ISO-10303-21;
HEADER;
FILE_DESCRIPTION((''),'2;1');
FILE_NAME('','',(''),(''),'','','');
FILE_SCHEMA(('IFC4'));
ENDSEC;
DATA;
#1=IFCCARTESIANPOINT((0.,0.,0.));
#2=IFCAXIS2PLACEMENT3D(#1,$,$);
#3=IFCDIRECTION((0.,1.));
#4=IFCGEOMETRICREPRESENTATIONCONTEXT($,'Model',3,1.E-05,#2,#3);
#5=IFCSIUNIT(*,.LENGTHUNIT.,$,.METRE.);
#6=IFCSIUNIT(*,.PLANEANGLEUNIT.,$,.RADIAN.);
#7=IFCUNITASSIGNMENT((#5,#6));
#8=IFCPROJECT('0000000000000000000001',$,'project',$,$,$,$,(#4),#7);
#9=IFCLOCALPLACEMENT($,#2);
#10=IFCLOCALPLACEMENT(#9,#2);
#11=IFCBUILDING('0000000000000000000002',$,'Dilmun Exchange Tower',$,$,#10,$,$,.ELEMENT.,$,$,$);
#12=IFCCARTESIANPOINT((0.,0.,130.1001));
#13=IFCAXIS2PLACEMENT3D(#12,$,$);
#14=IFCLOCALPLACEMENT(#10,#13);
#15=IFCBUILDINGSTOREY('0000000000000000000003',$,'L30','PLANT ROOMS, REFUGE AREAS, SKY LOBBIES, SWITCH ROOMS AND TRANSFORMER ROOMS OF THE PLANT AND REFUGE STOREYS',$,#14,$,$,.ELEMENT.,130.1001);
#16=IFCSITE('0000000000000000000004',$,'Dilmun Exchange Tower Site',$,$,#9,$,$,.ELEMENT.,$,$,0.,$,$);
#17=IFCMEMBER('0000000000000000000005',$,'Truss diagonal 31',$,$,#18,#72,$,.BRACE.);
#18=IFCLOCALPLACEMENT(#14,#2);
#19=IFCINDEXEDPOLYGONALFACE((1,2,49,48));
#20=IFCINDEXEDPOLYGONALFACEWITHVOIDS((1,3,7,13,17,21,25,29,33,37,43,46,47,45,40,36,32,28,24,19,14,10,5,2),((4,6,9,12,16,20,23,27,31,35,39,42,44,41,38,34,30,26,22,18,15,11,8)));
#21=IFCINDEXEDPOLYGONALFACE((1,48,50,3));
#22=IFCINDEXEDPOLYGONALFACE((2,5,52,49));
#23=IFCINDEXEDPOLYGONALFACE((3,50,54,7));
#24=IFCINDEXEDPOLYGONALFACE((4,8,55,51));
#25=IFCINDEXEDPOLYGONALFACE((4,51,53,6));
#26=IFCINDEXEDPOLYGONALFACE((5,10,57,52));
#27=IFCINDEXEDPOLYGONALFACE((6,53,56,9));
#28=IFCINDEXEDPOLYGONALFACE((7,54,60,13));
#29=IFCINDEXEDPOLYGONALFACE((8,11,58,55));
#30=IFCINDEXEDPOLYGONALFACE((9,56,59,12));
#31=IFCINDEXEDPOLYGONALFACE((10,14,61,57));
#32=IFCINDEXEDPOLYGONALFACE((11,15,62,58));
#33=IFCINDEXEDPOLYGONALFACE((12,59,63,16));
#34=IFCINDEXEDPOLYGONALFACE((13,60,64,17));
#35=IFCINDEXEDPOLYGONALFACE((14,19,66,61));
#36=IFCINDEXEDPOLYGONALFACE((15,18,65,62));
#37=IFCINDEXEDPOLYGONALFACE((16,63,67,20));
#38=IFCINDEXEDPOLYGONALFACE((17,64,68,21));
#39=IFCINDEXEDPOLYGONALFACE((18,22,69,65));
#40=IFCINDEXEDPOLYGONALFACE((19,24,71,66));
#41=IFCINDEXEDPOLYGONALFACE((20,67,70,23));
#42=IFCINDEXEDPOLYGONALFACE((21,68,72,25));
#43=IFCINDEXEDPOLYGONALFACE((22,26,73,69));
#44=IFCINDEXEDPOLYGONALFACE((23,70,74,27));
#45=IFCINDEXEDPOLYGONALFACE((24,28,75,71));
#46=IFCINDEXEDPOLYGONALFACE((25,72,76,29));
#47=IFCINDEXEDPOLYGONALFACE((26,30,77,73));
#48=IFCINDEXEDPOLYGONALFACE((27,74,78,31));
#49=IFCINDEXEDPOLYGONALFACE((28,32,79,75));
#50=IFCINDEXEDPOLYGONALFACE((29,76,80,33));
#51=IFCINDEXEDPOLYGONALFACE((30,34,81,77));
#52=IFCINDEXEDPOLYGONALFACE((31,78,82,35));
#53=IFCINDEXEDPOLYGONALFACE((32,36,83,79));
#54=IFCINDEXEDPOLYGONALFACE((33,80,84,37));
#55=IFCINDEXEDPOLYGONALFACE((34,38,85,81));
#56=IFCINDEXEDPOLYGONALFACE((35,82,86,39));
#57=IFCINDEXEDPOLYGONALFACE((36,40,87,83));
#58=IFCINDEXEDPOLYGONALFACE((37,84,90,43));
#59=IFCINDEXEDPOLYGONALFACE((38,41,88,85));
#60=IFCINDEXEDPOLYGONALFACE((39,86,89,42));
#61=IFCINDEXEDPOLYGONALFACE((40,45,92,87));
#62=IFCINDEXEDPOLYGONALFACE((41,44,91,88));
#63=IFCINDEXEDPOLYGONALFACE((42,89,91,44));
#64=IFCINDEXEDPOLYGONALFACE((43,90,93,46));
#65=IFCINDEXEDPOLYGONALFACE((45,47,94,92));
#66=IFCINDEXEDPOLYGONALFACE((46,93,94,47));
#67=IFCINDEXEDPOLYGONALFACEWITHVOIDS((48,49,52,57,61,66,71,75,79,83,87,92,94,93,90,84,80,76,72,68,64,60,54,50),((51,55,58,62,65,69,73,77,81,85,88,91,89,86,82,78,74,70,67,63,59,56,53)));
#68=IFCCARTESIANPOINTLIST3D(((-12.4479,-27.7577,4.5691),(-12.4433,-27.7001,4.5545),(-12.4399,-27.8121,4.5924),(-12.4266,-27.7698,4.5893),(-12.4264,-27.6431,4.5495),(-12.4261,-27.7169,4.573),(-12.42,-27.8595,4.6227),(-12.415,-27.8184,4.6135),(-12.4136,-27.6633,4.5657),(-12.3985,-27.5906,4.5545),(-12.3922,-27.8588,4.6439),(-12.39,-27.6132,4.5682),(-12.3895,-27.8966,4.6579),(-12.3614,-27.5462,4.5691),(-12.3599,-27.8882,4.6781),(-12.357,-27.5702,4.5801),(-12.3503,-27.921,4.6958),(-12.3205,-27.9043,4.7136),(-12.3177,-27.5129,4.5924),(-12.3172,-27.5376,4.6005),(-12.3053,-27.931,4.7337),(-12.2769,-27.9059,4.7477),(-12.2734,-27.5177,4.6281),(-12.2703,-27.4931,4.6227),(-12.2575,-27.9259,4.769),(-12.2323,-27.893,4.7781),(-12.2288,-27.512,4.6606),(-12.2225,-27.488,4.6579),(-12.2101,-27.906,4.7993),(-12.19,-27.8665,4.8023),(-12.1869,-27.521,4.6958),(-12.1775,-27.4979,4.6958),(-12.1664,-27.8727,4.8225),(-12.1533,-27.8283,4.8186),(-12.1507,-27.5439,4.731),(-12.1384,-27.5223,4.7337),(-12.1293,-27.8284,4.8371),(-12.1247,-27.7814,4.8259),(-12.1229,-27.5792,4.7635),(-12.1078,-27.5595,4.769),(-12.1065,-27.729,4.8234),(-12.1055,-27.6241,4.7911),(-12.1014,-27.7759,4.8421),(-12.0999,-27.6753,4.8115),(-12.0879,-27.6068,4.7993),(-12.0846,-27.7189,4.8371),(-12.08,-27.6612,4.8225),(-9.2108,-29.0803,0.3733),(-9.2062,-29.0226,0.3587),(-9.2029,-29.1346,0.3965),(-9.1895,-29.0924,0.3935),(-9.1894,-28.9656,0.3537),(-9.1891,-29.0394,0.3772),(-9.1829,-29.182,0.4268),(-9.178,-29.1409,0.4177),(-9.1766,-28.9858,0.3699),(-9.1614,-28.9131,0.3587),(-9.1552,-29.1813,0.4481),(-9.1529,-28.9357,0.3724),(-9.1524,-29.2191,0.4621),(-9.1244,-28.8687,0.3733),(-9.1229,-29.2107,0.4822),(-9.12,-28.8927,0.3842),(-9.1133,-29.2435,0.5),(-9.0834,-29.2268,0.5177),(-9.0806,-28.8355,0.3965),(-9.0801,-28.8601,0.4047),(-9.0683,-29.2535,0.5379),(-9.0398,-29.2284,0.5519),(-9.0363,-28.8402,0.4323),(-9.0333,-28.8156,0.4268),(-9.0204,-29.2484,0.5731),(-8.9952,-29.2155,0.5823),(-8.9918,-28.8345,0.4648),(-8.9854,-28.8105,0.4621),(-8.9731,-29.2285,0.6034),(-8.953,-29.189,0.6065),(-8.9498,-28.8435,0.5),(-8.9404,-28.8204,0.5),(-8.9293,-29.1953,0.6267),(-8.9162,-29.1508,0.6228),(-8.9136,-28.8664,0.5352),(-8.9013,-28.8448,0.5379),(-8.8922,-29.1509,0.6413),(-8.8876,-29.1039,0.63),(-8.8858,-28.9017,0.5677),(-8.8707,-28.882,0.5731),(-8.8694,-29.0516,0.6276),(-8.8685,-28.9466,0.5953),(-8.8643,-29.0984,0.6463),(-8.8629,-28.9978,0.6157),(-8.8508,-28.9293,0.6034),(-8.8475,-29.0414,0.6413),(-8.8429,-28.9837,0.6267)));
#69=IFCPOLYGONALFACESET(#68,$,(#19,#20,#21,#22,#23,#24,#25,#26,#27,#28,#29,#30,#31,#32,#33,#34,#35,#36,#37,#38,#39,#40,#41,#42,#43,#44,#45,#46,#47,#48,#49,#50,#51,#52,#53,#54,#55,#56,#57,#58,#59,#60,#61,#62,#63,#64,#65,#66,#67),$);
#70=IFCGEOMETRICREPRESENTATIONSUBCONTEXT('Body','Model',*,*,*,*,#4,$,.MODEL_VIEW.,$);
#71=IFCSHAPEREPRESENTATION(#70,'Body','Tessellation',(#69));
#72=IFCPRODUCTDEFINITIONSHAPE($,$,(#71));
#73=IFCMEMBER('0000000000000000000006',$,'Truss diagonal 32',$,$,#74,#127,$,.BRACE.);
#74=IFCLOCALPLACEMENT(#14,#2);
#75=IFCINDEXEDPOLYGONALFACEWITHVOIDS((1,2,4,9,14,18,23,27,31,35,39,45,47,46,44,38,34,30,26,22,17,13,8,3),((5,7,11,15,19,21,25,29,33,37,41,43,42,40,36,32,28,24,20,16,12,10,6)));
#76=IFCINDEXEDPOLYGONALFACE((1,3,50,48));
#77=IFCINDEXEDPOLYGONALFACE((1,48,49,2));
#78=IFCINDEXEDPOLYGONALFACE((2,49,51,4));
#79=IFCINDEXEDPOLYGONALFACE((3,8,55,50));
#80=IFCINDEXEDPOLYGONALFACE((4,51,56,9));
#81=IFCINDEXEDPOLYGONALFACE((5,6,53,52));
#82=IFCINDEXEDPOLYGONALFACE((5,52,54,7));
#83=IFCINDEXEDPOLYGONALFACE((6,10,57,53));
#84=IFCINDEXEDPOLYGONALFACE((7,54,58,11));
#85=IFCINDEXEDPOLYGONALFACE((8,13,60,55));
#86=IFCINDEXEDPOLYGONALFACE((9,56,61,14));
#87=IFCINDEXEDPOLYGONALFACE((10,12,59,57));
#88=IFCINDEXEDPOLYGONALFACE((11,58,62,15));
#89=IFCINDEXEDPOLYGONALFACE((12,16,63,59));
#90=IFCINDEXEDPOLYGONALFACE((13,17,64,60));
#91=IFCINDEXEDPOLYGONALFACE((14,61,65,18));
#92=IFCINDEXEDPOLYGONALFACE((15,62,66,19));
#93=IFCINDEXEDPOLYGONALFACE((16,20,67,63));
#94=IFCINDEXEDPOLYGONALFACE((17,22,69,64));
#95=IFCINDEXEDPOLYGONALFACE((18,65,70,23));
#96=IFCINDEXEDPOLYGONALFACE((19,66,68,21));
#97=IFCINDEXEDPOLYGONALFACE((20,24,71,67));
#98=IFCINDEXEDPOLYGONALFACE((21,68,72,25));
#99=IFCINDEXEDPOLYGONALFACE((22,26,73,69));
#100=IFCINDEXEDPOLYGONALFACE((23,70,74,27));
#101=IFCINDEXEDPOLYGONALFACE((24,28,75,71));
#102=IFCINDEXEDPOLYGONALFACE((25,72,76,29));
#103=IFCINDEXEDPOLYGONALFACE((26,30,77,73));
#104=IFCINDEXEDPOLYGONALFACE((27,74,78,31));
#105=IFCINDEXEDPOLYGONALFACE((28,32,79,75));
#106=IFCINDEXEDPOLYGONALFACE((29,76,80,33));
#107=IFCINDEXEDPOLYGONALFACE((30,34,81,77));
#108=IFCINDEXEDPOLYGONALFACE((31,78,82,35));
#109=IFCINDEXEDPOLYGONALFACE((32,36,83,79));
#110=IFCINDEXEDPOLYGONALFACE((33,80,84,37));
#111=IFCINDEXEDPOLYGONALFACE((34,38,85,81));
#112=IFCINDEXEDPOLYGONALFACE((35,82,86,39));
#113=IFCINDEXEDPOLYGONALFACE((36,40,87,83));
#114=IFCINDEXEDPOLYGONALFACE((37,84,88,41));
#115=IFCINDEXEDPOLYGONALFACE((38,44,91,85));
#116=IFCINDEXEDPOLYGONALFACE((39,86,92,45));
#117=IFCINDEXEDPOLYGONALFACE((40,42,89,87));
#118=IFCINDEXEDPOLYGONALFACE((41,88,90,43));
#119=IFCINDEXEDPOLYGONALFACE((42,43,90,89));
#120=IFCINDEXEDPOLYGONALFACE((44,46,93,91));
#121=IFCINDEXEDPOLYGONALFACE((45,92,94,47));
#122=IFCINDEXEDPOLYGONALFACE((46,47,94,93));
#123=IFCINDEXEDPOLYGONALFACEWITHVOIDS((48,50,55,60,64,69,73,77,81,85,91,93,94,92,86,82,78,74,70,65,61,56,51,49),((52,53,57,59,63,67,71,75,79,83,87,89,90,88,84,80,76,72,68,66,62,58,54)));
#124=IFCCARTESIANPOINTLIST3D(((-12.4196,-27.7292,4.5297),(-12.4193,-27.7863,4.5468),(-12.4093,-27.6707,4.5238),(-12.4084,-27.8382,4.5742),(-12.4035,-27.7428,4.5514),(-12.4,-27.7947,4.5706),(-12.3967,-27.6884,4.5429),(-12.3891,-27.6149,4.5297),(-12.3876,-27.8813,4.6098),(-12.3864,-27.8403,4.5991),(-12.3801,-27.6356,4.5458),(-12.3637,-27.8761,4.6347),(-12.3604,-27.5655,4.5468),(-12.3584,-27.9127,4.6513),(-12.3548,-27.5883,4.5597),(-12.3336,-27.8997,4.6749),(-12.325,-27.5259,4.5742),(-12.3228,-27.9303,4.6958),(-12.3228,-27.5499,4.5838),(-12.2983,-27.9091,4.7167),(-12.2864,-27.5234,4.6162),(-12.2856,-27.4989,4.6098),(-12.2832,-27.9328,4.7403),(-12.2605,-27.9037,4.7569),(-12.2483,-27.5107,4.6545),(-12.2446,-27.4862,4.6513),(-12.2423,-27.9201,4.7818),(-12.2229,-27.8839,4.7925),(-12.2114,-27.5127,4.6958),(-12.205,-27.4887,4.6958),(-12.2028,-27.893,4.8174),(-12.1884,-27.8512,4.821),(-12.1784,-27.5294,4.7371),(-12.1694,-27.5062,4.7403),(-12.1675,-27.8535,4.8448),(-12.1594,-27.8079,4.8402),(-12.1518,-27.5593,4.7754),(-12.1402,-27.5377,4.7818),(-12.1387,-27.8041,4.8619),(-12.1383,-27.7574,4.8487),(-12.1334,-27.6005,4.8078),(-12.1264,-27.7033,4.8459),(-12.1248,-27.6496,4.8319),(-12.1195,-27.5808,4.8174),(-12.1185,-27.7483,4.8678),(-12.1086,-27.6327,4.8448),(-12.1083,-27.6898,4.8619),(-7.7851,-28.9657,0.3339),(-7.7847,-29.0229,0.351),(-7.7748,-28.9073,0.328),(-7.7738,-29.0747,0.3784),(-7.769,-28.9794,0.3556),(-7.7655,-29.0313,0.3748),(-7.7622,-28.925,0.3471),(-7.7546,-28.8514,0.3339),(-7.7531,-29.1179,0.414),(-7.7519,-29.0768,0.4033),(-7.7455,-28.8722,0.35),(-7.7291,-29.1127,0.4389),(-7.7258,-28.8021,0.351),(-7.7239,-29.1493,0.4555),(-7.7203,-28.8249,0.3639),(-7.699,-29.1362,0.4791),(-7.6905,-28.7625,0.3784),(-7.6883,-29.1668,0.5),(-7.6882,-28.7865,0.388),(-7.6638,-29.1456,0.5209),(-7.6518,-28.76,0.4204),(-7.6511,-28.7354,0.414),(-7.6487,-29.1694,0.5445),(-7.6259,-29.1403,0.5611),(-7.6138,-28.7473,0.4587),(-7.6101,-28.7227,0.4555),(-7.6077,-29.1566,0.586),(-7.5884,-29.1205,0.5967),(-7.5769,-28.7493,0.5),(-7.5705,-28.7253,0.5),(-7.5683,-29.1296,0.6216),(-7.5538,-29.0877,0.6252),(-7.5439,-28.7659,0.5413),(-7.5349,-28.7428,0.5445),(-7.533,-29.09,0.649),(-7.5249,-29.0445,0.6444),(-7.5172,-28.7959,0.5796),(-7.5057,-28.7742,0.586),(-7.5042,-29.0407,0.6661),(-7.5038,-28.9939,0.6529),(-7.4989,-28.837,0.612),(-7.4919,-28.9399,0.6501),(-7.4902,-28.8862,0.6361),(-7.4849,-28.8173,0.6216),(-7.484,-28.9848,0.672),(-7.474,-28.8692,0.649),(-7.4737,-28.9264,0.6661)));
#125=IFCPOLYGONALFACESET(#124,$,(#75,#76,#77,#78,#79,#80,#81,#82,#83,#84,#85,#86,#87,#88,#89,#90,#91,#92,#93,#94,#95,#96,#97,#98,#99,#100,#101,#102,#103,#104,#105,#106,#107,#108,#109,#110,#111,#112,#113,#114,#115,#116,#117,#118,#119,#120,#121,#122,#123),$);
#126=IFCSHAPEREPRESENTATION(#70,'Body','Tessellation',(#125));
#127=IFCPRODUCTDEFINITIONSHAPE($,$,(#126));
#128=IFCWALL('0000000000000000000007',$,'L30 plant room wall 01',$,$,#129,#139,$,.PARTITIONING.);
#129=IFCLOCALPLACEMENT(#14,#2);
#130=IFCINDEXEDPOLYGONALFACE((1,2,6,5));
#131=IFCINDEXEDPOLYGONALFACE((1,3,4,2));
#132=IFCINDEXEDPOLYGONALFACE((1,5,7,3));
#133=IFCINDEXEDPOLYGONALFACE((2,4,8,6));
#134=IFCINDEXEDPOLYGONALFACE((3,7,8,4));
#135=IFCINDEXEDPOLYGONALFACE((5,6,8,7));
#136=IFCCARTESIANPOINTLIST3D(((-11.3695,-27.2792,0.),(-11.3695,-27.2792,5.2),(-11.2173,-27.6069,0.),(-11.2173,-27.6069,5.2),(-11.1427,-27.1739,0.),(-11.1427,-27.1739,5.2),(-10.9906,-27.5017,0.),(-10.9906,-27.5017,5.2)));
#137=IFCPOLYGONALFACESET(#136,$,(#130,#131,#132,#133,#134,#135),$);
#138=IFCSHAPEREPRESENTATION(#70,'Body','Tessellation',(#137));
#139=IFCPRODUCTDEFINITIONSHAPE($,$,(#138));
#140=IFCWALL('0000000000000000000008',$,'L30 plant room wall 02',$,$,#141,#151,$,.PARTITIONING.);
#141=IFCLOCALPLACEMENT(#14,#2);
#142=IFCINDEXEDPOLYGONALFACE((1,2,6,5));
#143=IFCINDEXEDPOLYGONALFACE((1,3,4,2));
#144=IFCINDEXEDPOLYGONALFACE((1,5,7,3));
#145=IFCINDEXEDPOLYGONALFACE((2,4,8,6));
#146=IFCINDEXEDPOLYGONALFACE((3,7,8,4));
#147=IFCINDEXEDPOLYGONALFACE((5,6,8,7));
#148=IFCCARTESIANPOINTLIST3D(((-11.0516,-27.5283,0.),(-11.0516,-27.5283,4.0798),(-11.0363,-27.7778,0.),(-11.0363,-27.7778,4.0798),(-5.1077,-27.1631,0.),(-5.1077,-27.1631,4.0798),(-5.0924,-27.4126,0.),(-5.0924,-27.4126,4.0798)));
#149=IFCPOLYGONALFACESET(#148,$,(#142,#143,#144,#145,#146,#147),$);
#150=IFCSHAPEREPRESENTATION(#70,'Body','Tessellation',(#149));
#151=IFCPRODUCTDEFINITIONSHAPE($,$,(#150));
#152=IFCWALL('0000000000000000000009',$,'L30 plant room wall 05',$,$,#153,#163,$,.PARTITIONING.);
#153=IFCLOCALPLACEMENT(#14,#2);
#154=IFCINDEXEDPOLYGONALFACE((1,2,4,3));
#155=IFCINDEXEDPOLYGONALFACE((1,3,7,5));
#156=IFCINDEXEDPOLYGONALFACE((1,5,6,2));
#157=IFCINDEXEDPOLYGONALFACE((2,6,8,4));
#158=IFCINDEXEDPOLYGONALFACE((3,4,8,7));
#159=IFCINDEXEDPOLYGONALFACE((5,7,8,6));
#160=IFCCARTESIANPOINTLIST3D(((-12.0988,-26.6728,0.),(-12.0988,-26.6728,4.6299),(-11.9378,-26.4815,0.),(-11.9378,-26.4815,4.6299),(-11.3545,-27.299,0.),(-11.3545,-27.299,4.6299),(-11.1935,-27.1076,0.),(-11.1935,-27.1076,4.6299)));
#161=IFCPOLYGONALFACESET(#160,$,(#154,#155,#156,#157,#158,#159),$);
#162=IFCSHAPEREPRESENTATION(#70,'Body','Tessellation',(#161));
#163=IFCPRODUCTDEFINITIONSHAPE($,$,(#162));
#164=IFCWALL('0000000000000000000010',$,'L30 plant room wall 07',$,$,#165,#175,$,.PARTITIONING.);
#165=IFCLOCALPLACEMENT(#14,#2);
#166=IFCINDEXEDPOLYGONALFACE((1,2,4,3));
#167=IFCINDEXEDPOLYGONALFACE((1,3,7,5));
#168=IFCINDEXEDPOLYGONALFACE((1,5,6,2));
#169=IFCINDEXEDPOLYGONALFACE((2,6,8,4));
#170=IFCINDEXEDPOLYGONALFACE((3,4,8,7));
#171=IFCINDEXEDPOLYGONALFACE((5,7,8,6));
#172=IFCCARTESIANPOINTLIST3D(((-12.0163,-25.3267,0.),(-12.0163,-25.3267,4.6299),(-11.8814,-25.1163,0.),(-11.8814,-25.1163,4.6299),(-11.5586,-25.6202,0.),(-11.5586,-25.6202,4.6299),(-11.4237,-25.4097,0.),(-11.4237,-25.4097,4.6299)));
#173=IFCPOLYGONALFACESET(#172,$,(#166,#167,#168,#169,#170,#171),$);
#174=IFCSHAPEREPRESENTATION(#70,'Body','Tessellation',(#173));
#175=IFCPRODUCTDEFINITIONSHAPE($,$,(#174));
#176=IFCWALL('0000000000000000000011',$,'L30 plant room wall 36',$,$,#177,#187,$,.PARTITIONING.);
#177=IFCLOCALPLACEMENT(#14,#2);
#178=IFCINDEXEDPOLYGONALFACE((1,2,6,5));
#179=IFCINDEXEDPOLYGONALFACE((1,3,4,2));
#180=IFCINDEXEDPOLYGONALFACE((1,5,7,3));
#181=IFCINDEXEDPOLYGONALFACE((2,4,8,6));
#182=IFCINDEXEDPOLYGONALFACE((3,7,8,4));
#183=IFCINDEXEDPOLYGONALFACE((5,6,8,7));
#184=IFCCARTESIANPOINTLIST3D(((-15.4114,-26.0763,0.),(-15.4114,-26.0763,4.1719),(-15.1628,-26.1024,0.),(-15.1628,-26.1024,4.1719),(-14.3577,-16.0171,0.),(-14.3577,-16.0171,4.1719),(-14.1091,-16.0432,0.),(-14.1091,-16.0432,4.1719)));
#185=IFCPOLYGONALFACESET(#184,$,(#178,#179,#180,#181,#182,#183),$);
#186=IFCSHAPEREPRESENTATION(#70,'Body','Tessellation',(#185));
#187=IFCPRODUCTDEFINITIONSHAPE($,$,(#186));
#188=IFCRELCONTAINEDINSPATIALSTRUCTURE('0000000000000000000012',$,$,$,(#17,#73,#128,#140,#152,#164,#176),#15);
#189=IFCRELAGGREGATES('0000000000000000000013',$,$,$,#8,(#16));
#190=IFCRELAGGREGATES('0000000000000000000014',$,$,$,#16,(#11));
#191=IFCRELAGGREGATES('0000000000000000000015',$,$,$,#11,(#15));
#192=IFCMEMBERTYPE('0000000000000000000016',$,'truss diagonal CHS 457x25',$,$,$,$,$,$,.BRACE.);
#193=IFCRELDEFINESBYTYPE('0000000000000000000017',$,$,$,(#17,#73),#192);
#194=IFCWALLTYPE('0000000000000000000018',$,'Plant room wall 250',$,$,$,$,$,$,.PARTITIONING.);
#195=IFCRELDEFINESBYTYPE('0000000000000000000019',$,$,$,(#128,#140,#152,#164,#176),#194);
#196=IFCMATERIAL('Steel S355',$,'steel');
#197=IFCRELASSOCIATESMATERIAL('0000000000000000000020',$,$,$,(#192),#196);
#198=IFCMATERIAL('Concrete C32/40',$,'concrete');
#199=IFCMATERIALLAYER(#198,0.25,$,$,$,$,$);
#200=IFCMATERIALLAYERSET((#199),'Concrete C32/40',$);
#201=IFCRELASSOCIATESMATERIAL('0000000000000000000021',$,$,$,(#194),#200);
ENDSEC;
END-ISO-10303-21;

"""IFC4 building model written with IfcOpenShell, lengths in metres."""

from ifc_helpers import new_model, si_unit, direction, frame, frame_2d, origin, origin_2d, place, context, subcontext, project, spatial, rectangle, hollow_circle, extrude, material, layer, layer_set, material_profile, profile_set, type_object, element, save


model = new_model("IFC4")

# Units and contexts
model_context = context("Model", 3, precision=1e-05, world=origin(), true_north=direction((0.0, 1.0)))
body_context = subcontext(model_context, "Body", "Model", "MODEL_VIEW")
ifc_project = project(units=[si_unit("LENGTHUNIT", "METRE"), si_unit("PLANEANGLEUNIT", "RADIAN")], contexts=[model_context])

# Site, building, storey
site_placement = place(None, origin())
site = spatial("IfcSite", under=ifc_project, at=site_placement, Name="Dilmun Exchange Tower Site", CompositionType="ELEMENT", RefElevation=0.0)
building_placement = place(site_placement, origin())
building = spatial("IfcBuilding", under=site, at=building_placement, Name="Dilmun Exchange Tower", CompositionType="ELEMENT")
storey_placement = place(building_placement, frame((0.0, 0.0, 130.1001)))
storey = spatial("IfcBuildingStorey", under=building, at=storey_placement, Name="L30", Description="PLANT ROOMS, REFUGE AREAS, SKY LOBBIES, SWITCH ROOMS AND TRANSFORMER ROOMS OF THE PLANT AND REFUGE STOREYS", CompositionType="ELEMENT", Elevation=130.1001)

# Shared definitions
ifc_material_1 = material(Name="Steel S355", Category="steel")

# Members
ifc_material_profile_1 = material_profile(ifc_material_1, hollow_circle(Radius=0.2285, WallThickness=0.0249, at=origin_2d()), Name="CHS 457x25")
ifc_profile_set_1 = profile_set([ifc_material_profile_1], Name="Steel S355")
member_type = type_object("IfcMemberType", Name="truss diagonal CHS 457x25", PredefinedType="BRACE", material=ifc_profile_set_1)
member_1_placement = place(storey_placement, frame((-12.2639, -27.7095, 4.6958), z_axis=(0.592662, -0.242134, -0.768195), x_axis=(0.378206, 0.925721, 0.0)))
element("IfcMember", 1, at=member_1_placement, inside=storey, type_object=member_type, Name="Truss diagonal 31", PredefinedType="BRACE", context=body_context, shape_type="SweptSolid", body=[
    extrude(hollow_circle(Radius=0.2285, WallThickness=0.0249, at=origin_2d()), origin(), (0.0, 0.0, 1.0), 5.4619),
])
member_2_placement = place(storey_placement, frame((-12.2639, -27.7095, 4.6958), z_axis=(0.727234, -0.194039, -0.658392), x_axis=(0.257799, 0.966199, 0.0)))
element("IfcMember", 2, at=member_2_placement, inside=storey, type_object=member_type, Name="Truss diagonal 32", PredefinedType="BRACE", context=body_context, shape_type="SweptSolid", body=[
    extrude(hollow_circle(Radius=0.2285, WallThickness=0.0249, at=origin_2d()), origin(), (0.0, 0.0, 1.0), 6.3728),
])

# Walls
ifc_material_2 = material(Name="Concrete C32/40", Category="concrete")
ifc_layer_1 = layer(ifc_material_2, 0.25)
ifc_layer_set_1 = layer_set([ifc_layer_1], Name="Concrete C32/40")
wall_type_1 = type_object("IfcWallType", Name="Plant room wall 250", PredefinedType="PARTITIONING", material=ifc_layer_set_1)
wall_1_placement = place(storey_placement, frame((-11.2561, -27.2266, 0.0), z_axis=(0.0, 0.0, 1.0), x_axis=(0.421072, -0.907027, 0.0)))
element("IfcWall", 3, at=wall_1_placement, inside=storey, type_object=wall_type_1, Name="L30 plant room wall 01", PredefinedType="PARTITIONING", context=body_context, shape_type="SweptSolid", body=[
    extrude(rectangle(XDim=0.3613, YDim=0.25, at=frame_2d((0.1807, 0.0))), origin(), (0.0, 0.0, 1.0), 5.2),
])
wall_2_placement = place(storey_placement, frame((-11.0439, -27.6531, 0.0), z_axis=(0.0, 0.0, 1.0), x_axis=(0.998117, 0.061332, 0.0)))
element("IfcWall", 4, at=wall_2_placement, inside=storey, type_object=wall_type_1, Name="L30 plant room wall 02", PredefinedType="PARTITIONING", context=body_context, shape_type="SweptSolid", body=[
    extrude(rectangle(XDim=5.9551, YDim=0.25, at=frame_2d((2.9775, 0.0))), origin(), (0.0, 0.0, 1.0), 4.0798),
])
wall_3_placement = place(storey_placement, frame((-12.0183, -26.5771, 0.0), z_axis=(0.0, 0.0, 1.0), x_axis=(0.76523, -0.643757, 0.0)))
element("IfcWall", 5, at=wall_3_placement, inside=storey, type_object=wall_type_1, Name="L30 plant room wall 05", PredefinedType="PARTITIONING", context=body_context, shape_type="SweptSolid", body=[
    extrude(rectangle(XDim=0.9727, YDim=0.25, at=frame_2d((0.4863, 0.0))), origin(), (0.0, 0.0, 1.0), 4.6299),
])
wall_4_placement = place(storey_placement, frame((-11.949, -25.2214, 0.0), z_axis=(0.0, 0.0, 1.0), x_axis=(0.841863, -0.539691, 0.0)))
element("IfcWall", 6, at=wall_4_placement, inside=storey, type_object=wall_type_1, Name="L30 plant room wall 07", PredefinedType="PARTITIONING", context=body_context, shape_type="SweptSolid", body=[
    extrude(rectangle(XDim=0.5437, YDim=0.25, at=frame_2d((0.272, 0.0))), origin(), (0.0, 0.0, 1.0), 4.6299),
])
wall_5_placement = place(storey_placement, frame((-15.2871, -26.0894, 0.0), z_axis=(0.0, 0.0, 1.0), x_axis=(0.10418, 0.994558, 0.0)))
element("IfcWall", 7, at=wall_5_placement, inside=storey, type_object=wall_type_1, Name="L30 plant room wall 36", PredefinedType="PARTITIONING", context=body_context, shape_type="SweptSolid", body=[
    extrude(rectangle(XDim=10.1143, YDim=0.25, at=frame_2d((5.0571, 0.0))), origin(), (0.0, 0.0, 1.0), 4.1719),
])

save(model, "model.ifc")
